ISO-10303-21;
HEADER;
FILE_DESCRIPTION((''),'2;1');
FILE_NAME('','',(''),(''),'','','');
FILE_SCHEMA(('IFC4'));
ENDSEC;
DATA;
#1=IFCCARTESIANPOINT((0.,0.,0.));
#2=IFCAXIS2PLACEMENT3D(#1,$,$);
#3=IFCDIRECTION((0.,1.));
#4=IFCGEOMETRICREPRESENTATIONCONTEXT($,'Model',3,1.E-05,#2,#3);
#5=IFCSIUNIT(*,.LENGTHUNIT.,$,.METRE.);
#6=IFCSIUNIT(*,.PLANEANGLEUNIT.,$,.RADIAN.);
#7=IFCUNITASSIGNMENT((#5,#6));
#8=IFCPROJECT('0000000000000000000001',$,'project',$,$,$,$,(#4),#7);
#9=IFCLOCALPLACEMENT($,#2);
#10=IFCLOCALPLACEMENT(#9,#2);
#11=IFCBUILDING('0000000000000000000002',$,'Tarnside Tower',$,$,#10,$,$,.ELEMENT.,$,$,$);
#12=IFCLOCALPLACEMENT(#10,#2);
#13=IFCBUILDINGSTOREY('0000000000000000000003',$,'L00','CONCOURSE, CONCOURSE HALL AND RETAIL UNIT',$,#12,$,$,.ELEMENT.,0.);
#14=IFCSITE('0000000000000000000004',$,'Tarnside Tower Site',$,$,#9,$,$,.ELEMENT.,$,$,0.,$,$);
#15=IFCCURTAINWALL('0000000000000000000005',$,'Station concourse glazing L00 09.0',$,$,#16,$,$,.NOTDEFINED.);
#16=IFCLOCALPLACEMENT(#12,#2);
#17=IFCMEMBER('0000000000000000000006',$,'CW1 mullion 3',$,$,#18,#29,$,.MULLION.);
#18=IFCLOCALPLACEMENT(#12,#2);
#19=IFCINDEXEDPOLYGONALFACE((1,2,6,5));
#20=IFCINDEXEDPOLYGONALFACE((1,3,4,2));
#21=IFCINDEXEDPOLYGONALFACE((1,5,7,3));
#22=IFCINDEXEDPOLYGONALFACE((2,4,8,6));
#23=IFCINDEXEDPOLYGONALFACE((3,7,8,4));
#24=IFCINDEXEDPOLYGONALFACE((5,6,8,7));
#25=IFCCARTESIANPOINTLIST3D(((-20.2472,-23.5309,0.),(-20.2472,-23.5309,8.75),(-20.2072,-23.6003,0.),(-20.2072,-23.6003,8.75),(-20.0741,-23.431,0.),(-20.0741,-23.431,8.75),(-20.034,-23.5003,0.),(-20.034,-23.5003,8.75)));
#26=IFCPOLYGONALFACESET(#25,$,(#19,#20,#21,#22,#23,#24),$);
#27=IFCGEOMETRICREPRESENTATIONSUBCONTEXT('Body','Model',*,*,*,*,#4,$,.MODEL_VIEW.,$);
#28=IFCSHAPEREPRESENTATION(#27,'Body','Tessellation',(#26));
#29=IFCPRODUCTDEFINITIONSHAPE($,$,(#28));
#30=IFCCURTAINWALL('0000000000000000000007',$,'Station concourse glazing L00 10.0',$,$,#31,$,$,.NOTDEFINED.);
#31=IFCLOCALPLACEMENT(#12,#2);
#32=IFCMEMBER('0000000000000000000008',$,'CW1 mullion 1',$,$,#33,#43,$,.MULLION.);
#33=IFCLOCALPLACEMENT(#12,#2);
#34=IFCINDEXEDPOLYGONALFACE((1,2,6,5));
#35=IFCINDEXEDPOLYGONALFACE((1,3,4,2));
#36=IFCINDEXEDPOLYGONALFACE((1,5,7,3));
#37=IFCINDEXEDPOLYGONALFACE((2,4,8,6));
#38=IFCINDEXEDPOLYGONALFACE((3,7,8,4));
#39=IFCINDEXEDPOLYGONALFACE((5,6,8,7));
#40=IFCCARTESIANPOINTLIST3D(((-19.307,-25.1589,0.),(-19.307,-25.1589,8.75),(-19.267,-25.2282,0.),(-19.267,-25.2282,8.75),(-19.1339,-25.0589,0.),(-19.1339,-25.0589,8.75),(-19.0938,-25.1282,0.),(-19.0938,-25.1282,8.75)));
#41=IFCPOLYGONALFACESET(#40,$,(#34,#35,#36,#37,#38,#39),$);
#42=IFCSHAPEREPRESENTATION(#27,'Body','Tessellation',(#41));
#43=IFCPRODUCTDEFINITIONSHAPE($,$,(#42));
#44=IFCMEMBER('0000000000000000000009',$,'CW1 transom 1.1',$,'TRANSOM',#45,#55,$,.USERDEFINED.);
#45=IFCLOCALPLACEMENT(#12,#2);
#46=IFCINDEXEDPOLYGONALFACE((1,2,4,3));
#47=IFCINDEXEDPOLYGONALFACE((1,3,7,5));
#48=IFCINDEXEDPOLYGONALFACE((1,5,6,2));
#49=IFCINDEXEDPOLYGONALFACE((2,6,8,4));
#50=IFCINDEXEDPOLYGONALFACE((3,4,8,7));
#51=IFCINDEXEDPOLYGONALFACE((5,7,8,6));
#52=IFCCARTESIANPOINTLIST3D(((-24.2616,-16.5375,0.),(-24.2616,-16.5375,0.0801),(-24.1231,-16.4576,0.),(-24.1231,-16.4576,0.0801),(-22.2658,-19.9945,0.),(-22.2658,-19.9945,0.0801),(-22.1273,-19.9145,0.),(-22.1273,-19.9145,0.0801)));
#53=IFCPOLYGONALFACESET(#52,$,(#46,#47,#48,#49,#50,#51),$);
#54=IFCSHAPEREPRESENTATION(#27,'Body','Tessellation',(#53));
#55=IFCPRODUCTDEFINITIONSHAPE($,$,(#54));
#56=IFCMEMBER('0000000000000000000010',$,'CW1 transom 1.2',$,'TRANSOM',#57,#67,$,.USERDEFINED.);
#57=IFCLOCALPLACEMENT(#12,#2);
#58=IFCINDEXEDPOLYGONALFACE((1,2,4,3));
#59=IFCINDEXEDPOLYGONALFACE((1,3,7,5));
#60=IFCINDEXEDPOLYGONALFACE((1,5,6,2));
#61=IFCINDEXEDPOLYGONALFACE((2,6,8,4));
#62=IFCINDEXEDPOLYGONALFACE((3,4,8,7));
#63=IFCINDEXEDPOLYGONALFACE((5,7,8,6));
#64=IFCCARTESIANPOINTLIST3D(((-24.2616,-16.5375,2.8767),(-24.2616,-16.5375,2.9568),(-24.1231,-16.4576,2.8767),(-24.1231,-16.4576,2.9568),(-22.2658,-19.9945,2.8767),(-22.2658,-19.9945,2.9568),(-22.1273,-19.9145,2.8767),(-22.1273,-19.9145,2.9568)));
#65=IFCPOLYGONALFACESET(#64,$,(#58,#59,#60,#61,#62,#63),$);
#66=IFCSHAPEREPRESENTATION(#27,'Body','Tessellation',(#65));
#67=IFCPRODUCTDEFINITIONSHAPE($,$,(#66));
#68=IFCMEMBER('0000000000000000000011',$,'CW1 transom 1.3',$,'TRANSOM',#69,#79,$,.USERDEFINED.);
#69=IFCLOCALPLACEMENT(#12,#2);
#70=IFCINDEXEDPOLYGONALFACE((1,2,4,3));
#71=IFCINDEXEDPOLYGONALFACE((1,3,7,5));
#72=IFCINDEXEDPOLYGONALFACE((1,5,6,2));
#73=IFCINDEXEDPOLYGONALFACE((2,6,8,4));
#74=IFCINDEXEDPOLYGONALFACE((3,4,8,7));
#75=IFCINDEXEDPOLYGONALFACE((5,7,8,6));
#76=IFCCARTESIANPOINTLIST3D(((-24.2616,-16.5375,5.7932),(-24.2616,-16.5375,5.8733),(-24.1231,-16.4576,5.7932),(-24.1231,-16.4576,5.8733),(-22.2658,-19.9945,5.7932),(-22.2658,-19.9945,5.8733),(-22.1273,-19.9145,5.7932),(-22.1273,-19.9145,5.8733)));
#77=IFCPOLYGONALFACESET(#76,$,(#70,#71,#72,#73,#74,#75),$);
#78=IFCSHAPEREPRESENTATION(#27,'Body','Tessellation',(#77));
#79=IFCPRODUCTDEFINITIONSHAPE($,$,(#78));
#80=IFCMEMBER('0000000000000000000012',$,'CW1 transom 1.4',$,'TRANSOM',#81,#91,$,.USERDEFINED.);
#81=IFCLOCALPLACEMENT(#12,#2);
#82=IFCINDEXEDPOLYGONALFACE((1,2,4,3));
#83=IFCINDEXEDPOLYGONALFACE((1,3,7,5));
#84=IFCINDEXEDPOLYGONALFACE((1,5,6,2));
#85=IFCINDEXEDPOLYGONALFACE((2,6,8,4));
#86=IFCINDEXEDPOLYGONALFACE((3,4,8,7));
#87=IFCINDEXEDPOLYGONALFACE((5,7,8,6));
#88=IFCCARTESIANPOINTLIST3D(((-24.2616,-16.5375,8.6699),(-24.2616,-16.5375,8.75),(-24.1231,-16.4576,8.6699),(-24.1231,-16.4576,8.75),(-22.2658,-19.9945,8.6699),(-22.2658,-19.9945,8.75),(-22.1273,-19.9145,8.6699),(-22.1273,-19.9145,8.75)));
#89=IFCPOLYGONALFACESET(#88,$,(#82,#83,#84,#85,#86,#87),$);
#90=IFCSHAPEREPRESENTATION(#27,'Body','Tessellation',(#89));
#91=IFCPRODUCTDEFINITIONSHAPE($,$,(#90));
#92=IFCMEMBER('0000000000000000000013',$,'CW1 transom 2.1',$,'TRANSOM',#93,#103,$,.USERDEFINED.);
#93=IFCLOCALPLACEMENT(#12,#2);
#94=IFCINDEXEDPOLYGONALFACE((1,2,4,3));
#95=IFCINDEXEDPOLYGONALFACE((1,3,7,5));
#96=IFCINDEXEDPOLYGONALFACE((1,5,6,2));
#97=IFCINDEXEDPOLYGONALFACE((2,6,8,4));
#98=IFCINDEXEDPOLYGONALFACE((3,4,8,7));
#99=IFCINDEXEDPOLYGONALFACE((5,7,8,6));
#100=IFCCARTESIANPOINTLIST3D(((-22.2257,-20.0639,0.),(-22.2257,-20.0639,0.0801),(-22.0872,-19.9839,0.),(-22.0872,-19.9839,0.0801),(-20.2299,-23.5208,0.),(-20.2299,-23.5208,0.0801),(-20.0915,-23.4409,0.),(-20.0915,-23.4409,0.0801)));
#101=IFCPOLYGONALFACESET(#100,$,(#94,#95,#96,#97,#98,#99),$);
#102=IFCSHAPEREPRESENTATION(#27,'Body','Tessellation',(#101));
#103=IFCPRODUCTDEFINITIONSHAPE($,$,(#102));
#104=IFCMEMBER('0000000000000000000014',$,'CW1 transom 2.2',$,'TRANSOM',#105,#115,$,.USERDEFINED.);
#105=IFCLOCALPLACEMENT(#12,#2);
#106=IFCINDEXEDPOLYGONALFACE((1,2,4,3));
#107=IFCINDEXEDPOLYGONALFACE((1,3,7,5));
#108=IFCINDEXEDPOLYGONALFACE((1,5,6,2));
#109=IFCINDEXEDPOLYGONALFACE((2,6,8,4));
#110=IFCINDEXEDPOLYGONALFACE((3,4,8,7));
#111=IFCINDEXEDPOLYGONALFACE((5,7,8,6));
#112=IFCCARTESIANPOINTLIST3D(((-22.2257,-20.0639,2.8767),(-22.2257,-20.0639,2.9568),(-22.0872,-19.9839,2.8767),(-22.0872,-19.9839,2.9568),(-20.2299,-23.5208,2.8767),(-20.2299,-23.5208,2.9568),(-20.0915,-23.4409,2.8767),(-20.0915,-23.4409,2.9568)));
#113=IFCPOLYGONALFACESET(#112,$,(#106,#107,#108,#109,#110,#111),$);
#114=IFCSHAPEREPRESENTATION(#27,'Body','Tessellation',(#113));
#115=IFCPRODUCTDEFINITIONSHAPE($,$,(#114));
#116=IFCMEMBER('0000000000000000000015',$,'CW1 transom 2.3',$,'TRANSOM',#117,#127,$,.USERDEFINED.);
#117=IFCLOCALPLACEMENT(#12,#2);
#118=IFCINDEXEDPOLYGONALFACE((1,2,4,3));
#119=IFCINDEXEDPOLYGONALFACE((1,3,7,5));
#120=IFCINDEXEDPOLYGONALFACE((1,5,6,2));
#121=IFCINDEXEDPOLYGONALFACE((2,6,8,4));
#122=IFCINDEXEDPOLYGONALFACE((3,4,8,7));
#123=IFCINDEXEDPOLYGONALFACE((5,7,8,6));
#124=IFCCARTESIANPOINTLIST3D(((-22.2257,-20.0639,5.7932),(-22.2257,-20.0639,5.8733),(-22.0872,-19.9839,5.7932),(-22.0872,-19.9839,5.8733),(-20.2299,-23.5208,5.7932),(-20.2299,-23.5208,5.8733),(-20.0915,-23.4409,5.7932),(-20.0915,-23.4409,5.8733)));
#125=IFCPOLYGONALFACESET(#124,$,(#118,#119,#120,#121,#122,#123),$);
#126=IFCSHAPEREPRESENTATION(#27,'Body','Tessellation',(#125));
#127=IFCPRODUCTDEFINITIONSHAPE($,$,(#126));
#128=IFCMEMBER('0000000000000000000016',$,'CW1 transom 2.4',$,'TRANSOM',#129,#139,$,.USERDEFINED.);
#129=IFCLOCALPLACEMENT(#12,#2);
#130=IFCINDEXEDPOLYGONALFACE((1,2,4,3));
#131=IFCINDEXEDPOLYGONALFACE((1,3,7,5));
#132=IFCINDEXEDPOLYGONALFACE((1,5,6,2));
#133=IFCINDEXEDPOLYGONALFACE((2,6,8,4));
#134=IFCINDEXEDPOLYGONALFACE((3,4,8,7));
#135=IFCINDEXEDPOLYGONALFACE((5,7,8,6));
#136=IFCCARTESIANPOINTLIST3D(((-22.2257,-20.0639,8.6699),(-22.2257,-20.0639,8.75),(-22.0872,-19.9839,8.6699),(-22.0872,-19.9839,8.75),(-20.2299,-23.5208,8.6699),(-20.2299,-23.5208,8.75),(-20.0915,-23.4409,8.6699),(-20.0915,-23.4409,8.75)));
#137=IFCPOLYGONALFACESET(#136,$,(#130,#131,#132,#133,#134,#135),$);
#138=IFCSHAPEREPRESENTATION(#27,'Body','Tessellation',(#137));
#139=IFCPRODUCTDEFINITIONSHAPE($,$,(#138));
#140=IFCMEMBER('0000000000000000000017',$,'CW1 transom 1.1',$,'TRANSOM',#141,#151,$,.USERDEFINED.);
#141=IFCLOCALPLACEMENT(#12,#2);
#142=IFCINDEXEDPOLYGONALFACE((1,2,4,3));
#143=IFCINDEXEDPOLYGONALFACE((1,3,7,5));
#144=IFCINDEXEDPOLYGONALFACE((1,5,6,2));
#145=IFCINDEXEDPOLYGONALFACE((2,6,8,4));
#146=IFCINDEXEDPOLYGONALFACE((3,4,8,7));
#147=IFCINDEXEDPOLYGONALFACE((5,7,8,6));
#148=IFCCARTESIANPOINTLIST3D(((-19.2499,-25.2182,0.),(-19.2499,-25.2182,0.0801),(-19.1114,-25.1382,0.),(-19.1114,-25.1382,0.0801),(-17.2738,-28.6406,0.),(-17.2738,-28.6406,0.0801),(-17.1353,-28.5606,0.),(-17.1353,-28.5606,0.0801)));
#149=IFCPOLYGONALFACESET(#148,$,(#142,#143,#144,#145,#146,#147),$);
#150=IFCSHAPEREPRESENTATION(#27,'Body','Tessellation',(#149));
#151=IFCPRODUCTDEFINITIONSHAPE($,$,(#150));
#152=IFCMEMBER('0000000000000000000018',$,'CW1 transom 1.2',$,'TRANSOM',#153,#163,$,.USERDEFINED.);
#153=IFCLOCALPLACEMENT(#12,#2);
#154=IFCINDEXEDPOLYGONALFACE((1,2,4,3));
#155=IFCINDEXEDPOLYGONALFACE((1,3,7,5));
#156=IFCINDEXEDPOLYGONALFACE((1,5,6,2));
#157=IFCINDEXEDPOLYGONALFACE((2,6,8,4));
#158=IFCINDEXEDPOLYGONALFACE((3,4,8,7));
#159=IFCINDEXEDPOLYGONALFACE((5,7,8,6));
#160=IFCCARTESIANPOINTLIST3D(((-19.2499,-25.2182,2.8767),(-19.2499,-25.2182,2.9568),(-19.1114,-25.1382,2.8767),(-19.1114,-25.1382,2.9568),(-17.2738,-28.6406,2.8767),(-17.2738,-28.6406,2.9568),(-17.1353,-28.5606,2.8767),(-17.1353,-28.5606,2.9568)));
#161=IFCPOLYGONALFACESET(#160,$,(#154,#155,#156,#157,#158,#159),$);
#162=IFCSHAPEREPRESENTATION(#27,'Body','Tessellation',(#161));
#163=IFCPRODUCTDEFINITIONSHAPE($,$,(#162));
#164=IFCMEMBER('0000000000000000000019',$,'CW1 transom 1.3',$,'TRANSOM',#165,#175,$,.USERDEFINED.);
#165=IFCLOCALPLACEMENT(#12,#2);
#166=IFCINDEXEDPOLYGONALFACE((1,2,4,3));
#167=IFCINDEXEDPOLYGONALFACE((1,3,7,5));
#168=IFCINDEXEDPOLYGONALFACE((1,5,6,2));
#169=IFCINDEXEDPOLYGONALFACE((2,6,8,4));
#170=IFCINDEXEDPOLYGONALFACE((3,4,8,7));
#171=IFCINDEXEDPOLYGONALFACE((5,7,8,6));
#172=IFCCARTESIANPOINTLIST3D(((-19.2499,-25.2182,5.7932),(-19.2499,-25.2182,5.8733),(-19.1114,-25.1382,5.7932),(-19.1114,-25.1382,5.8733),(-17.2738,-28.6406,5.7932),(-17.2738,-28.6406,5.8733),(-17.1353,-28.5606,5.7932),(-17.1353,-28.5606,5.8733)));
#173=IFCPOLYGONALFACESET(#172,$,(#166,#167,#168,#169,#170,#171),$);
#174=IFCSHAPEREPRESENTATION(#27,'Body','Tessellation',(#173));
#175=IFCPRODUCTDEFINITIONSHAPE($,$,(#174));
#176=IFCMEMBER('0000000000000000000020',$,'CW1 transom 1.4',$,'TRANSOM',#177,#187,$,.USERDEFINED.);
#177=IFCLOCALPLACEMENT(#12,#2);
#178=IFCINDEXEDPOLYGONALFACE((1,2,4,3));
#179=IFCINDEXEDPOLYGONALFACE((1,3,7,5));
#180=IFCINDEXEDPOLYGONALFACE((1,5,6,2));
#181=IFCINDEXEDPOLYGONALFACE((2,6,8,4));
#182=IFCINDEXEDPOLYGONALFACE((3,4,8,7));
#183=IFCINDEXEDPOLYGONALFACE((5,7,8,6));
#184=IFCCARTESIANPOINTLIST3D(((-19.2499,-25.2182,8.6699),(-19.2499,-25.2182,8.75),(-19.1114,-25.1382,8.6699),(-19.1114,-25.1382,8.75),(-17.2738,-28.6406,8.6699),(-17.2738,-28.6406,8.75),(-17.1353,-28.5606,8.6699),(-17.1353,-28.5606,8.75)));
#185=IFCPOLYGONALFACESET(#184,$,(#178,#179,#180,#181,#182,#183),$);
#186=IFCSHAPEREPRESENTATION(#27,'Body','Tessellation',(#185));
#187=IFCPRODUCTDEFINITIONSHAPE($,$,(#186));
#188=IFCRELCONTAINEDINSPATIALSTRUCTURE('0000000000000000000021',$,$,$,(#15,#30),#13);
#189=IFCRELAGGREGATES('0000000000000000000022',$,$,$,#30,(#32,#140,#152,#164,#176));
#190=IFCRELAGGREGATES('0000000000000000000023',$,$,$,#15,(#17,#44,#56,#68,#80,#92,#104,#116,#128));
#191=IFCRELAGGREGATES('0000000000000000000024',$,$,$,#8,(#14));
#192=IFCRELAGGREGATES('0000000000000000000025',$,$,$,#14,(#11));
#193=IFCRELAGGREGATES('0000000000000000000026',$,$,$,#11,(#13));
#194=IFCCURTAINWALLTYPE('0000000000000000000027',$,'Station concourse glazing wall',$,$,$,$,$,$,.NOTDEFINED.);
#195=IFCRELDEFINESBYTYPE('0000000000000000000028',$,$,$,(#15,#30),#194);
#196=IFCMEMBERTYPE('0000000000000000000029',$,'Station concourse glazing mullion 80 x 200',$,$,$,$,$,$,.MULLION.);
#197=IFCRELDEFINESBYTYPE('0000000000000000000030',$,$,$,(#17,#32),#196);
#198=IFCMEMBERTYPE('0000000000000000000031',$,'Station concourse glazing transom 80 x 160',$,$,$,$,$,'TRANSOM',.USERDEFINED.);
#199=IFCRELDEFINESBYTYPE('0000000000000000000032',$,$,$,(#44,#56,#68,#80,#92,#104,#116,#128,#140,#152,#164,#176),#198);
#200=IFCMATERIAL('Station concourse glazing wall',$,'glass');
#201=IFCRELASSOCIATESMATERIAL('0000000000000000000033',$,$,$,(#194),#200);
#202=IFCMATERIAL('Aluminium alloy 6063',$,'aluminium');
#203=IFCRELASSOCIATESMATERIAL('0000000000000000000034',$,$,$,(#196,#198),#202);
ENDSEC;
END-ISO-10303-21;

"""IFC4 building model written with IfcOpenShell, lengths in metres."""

from ifc_helpers import new_model, si_unit, direction, frame, origin, origin_2d, place, context, subcontext, project, spatial, rectangle, extrude, material, material_profile, profile_set, type_object, element, aggregate, save


model = new_model("IFC4")

# Units and contexts
model_context = context("Model", 3, precision=1e-05, world=origin(), true_north=direction((0.0, 1.0)))
body_context = subcontext(model_context, "Body", "Model", "MODEL_VIEW")
ifc_project = project(units=[si_unit("LENGTHUNIT", "METRE"), si_unit("PLANEANGLEUNIT", "RADIAN")], contexts=[model_context])

# Site, building, storey
site_placement = place(None, origin())
site = spatial("IfcSite", under=ifc_project, at=site_placement, Name="Tarnside Tower Site", CompositionType="ELEMENT", RefElevation=0.0)
building_placement = place(site_placement, origin())
building = spatial("IfcBuilding", under=site, at=building_placement, Name="Tarnside Tower", CompositionType="ELEMENT")
storey_placement = place(building_placement, origin())
storey = spatial("IfcBuildingStorey", under=building, at=storey_placement, Name="L00", Description="CONCOURSE, CONCOURSE HALL AND RETAIL UNIT", CompositionType="ELEMENT", Elevation=0.0)

# Shared definitions
ifc_material_1 = material(Name="Station concourse glazing wall", Category="glass")
curtain_wall_type = type_object("IfcCurtainWallType", Name="Station concourse glazing wall", PredefinedType="NOTDEFINED", material=ifc_material_1)
ifc_material_2 = material(Name="Aluminium alloy 6063", Category="aluminium")
ifc_material_profile_1 = material_profile(ifc_material_2, rectangle(XDim=0.2, YDim=0.0801, at=origin_2d()), Name="Station concourse glazing mullion 80 x 200")
ifc_profile_set_1 = profile_set([ifc_material_profile_1], Name="Aluminium alloy 6063")
member_type_1 = type_object("IfcMemberType", Name="Station concourse glazing mullion 80 x 200", PredefinedType="MULLION", material=ifc_profile_set_1)

# Curtain wall, member
curtain_wall_1_placement = place(storey_placement, origin())
curtain_wall_1 = element("IfcCurtainWall", 1, at=curtain_wall_1_placement, inside=storey, type_object=curtain_wall_type, Name="Station concourse glazing L00 09.0", PredefinedType="NOTDEFINED")
member_1_placement = place(storey_placement, frame((-20.1406, -23.5156, 0.0), z_axis=(0.0, 0.0, 1.0), x_axis=(0.866025, 0.5, 0.0)))
member_1 = element("IfcMember", 2, at=member_1_placement, type_object=member_type_1, Name="CW1 mullion 3", PredefinedType="MULLION", context=body_context, shape_type="SweptSolid", body=[
    extrude(rectangle(XDim=0.2, YDim=0.0801, at=origin_2d()), origin(), (0.0, 0.0, 1.0), 8.75),
])

# Curtain wall, member
curtain_wall_2_placement = place(storey_placement, origin())
curtain_wall_2 = element("IfcCurtainWall", 3, at=curtain_wall_2_placement, inside=storey, type_object=curtain_wall_type, Name="Station concourse glazing L00 10.0", PredefinedType="NOTDEFINED")
member_2_placement = place(storey_placement, frame((-19.2004, -25.1436, 0.0), z_axis=(0.0, 0.0, 1.0), x_axis=(0.866025, 0.5, 0.0)))
member_2 = element("IfcMember", 4, at=member_2_placement, type_object=member_type_1, Name="CW1 mullion 1", PredefinedType="MULLION", context=body_context, shape_type="SweptSolid", body=[
    extrude(rectangle(XDim=0.2, YDim=0.0801, at=origin_2d()), origin(), (0.0, 0.0, 1.0), 8.75),
])

# Members
ifc_material_profile_2 = material_profile(ifc_material_2, rectangle(XDim=0.1599, YDim=0.0801, at=origin_2d()), Name="Station concourse glazing transom 80 x 160")
ifc_profile_set_2 = profile_set([ifc_material_profile_2], Name="Aluminium alloy 6063")
member_type_2 = type_object("IfcMemberType", Name="Station concourse glazing transom 80 x 160", ElementType="TRANSOM", PredefinedType="USERDEFINED", material=ifc_profile_set_2)
member_3_placement = place(storey_placement, frame((-24.1924, -16.4976, 0.04), z_axis=(0.499987, -0.866033, 0.0), x_axis=(0.866033, 0.499987, 0.0)))
member_3 = element("IfcMember", 5, at=member_3_placement, type_object=member_type_2, Name="CW1 transom 1.1", ObjectType="TRANSOM", PredefinedType="USERDEFINED", context=body_context, shape_type="SweptSolid", body=[
    extrude(rectangle(XDim=0.1599, YDim=0.0801, at=origin_2d()), origin(), (0.0, 0.0, 1.0), 3.9917),
])
member_4_placement = place(storey_placement, frame((-24.1924, -16.4976, 2.9167), z_axis=(0.499987, -0.866033, 0.0), x_axis=(0.866033, 0.499987, 0.0)))
member_4 = element("IfcMember", 6, at=member_4_placement, type_object=member_type_2, Name="CW1 transom 1.2", ObjectType="TRANSOM", PredefinedType="USERDEFINED", context=body_context, shape_type="SweptSolid", body=[
    extrude(rectangle(XDim=0.1599, YDim=0.0801, at=origin_2d()), origin(), (0.0, 0.0, 1.0), 3.9917),
])
member_5_placement = place(storey_placement, frame((-24.1924, -16.4976, 5.8333), z_axis=(0.499987, -0.866033, 0.0), x_axis=(0.866033, 0.499987, 0.0)))
member_5 = element("IfcMember", 7, at=member_5_placement, type_object=member_type_2, Name="CW1 transom 1.3", ObjectType="TRANSOM", PredefinedType="USERDEFINED", context=body_context, shape_type="SweptSolid", body=[
    extrude(rectangle(XDim=0.1599, YDim=0.0801, at=origin_2d()), origin(), (0.0, 0.0, 1.0), 3.9917),
])
member_6_placement = place(storey_placement, frame((-24.1924, -16.4976, 8.71), z_axis=(0.499987, -0.866033, 0.0), x_axis=(0.866033, 0.499987, 0.0)))
member_6 = element("IfcMember", 8, at=member_6_placement, type_object=member_type_2, Name="CW1 transom 1.4", ObjectType="TRANSOM", PredefinedType="USERDEFINED", context=body_context, shape_type="SweptSolid", body=[
    extrude(rectangle(XDim=0.1599, YDim=0.0801, at=origin_2d()), origin(), (0.0, 0.0, 1.0), 3.9917),
])
member_7_placement = place(storey_placement, frame((-22.1565, -20.0239, 0.04), z_axis=(0.499987, -0.866033, 0.0), x_axis=(0.866033, 0.499987, 0.0)))
member_7 = element("IfcMember", 9, at=member_7_placement, type_object=member_type_2, Name="CW1 transom 2.1", ObjectType="TRANSOM", PredefinedType="USERDEFINED", context=body_context, shape_type="SweptSolid", body=[
    extrude(rectangle(XDim=0.1599, YDim=0.0801, at=origin_2d()), origin(), (0.0, 0.0, 1.0), 3.9917),
])
member_8_placement = place(storey_placement, frame((-22.1565, -20.0239, 2.9167), z_axis=(0.499987, -0.866033, 0.0), x_axis=(0.866033, 0.499987, 0.0)))
member_8 = element("IfcMember", 10, at=member_8_placement, type_object=member_type_2, Name="CW1 transom 2.2", ObjectType="TRANSOM", PredefinedType="USERDEFINED", context=body_context, shape_type="SweptSolid", body=[
    extrude(rectangle(XDim=0.1599, YDim=0.0801, at=origin_2d()), origin(), (0.0, 0.0, 1.0), 3.9917),
])
member_9_placement = place(storey_placement, frame((-22.1565, -20.0239, 5.8333), z_axis=(0.499987, -0.866033, 0.0), x_axis=(0.866033, 0.499987, 0.0)))
member_9 = element("IfcMember", 11, at=member_9_placement, type_object=member_type_2, Name="CW1 transom 2.3", ObjectType="TRANSOM", PredefinedType="USERDEFINED", context=body_context, shape_type="SweptSolid", body=[
    extrude(rectangle(XDim=0.1599, YDim=0.0801, at=origin_2d()), origin(), (0.0, 0.0, 1.0), 3.9917),
])
member_10_placement = place(storey_placement, frame((-22.1565, -20.0239, 8.71), z_axis=(0.499987, -0.866033, 0.0), x_axis=(0.866033, 0.499987, 0.0)))
member_10 = element("IfcMember", 12, at=member_10_placement, type_object=member_type_2, Name="CW1 transom 2.4", ObjectType="TRANSOM", PredefinedType="USERDEFINED", context=body_context, shape_type="SweptSolid", body=[
    extrude(rectangle(XDim=0.1599, YDim=0.0801, at=origin_2d()), origin(), (0.0, 0.0, 1.0), 3.9917),
])
member_11_placement = place(storey_placement, frame((-19.1807, -25.1782, 0.04), z_axis=(0.500033, -0.866007, 0.0), x_axis=(0.866007, 0.500033, 0.0)))
member_11 = element("IfcMember", 13, at=member_11_placement, type_object=member_type_2, Name="CW1 transom 1.1", ObjectType="TRANSOM", PredefinedType="USERDEFINED", context=body_context, shape_type="SweptSolid", body=[
    extrude(rectangle(XDim=0.1599, YDim=0.0801, at=origin_2d()), origin(), (0.0, 0.0, 1.0), 3.9519),
])
member_12_placement = place(storey_placement, frame((-19.1807, -25.1782, 2.9167), z_axis=(0.500033, -0.866007, 0.0), x_axis=(0.866007, 0.500033, 0.0)))
member_12 = element("IfcMember", 14, at=member_12_placement, type_object=member_type_2, Name="CW1 transom 1.2", ObjectType="TRANSOM", PredefinedType="USERDEFINED", context=body_context, shape_type="SweptSolid", body=[
    extrude(rectangle(XDim=0.1599, YDim=0.0801, at=origin_2d()), origin(), (0.0, 0.0, 1.0), 3.9519),
])
member_13_placement = place(storey_placement, frame((-19.1807, -25.1782, 5.8333), z_axis=(0.500033, -0.866007, 0.0), x_axis=(0.866007, 0.500033, 0.0)))
member_13 = element("IfcMember", 15, at=member_13_placement, type_object=member_type_2, Name="CW1 transom 1.3", ObjectType="TRANSOM", PredefinedType="USERDEFINED", context=body_context, shape_type="SweptSolid", body=[
    extrude(rectangle(XDim=0.1599, YDim=0.0801, at=origin_2d()), origin(), (0.0, 0.0, 1.0), 3.9519),
])
member_14_placement = place(storey_placement, frame((-19.1807, -25.1782, 8.71), z_axis=(0.500033, -0.866007, 0.0), x_axis=(0.866007, 0.500033, 0.0)))
member_14 = element("IfcMember", 16, at=member_14_placement, type_object=member_type_2, Name="CW1 transom 1.4", ObjectType="TRANSOM", PredefinedType="USERDEFINED", context=body_context, shape_type="SweptSolid", body=[
    extrude(rectangle(XDim=0.1599, YDim=0.0801, at=origin_2d()), origin(), (0.0, 0.0, 1.0), 3.9519),
])
aggregate(curtain_wall_2, [member_2, member_11, member_12, member_13, member_14])

aggregate(curtain_wall_1, [member_1, member_3, member_4, member_5, member_6, member_7, member_8, member_9, member_10])

save(model, "model.ifc")
